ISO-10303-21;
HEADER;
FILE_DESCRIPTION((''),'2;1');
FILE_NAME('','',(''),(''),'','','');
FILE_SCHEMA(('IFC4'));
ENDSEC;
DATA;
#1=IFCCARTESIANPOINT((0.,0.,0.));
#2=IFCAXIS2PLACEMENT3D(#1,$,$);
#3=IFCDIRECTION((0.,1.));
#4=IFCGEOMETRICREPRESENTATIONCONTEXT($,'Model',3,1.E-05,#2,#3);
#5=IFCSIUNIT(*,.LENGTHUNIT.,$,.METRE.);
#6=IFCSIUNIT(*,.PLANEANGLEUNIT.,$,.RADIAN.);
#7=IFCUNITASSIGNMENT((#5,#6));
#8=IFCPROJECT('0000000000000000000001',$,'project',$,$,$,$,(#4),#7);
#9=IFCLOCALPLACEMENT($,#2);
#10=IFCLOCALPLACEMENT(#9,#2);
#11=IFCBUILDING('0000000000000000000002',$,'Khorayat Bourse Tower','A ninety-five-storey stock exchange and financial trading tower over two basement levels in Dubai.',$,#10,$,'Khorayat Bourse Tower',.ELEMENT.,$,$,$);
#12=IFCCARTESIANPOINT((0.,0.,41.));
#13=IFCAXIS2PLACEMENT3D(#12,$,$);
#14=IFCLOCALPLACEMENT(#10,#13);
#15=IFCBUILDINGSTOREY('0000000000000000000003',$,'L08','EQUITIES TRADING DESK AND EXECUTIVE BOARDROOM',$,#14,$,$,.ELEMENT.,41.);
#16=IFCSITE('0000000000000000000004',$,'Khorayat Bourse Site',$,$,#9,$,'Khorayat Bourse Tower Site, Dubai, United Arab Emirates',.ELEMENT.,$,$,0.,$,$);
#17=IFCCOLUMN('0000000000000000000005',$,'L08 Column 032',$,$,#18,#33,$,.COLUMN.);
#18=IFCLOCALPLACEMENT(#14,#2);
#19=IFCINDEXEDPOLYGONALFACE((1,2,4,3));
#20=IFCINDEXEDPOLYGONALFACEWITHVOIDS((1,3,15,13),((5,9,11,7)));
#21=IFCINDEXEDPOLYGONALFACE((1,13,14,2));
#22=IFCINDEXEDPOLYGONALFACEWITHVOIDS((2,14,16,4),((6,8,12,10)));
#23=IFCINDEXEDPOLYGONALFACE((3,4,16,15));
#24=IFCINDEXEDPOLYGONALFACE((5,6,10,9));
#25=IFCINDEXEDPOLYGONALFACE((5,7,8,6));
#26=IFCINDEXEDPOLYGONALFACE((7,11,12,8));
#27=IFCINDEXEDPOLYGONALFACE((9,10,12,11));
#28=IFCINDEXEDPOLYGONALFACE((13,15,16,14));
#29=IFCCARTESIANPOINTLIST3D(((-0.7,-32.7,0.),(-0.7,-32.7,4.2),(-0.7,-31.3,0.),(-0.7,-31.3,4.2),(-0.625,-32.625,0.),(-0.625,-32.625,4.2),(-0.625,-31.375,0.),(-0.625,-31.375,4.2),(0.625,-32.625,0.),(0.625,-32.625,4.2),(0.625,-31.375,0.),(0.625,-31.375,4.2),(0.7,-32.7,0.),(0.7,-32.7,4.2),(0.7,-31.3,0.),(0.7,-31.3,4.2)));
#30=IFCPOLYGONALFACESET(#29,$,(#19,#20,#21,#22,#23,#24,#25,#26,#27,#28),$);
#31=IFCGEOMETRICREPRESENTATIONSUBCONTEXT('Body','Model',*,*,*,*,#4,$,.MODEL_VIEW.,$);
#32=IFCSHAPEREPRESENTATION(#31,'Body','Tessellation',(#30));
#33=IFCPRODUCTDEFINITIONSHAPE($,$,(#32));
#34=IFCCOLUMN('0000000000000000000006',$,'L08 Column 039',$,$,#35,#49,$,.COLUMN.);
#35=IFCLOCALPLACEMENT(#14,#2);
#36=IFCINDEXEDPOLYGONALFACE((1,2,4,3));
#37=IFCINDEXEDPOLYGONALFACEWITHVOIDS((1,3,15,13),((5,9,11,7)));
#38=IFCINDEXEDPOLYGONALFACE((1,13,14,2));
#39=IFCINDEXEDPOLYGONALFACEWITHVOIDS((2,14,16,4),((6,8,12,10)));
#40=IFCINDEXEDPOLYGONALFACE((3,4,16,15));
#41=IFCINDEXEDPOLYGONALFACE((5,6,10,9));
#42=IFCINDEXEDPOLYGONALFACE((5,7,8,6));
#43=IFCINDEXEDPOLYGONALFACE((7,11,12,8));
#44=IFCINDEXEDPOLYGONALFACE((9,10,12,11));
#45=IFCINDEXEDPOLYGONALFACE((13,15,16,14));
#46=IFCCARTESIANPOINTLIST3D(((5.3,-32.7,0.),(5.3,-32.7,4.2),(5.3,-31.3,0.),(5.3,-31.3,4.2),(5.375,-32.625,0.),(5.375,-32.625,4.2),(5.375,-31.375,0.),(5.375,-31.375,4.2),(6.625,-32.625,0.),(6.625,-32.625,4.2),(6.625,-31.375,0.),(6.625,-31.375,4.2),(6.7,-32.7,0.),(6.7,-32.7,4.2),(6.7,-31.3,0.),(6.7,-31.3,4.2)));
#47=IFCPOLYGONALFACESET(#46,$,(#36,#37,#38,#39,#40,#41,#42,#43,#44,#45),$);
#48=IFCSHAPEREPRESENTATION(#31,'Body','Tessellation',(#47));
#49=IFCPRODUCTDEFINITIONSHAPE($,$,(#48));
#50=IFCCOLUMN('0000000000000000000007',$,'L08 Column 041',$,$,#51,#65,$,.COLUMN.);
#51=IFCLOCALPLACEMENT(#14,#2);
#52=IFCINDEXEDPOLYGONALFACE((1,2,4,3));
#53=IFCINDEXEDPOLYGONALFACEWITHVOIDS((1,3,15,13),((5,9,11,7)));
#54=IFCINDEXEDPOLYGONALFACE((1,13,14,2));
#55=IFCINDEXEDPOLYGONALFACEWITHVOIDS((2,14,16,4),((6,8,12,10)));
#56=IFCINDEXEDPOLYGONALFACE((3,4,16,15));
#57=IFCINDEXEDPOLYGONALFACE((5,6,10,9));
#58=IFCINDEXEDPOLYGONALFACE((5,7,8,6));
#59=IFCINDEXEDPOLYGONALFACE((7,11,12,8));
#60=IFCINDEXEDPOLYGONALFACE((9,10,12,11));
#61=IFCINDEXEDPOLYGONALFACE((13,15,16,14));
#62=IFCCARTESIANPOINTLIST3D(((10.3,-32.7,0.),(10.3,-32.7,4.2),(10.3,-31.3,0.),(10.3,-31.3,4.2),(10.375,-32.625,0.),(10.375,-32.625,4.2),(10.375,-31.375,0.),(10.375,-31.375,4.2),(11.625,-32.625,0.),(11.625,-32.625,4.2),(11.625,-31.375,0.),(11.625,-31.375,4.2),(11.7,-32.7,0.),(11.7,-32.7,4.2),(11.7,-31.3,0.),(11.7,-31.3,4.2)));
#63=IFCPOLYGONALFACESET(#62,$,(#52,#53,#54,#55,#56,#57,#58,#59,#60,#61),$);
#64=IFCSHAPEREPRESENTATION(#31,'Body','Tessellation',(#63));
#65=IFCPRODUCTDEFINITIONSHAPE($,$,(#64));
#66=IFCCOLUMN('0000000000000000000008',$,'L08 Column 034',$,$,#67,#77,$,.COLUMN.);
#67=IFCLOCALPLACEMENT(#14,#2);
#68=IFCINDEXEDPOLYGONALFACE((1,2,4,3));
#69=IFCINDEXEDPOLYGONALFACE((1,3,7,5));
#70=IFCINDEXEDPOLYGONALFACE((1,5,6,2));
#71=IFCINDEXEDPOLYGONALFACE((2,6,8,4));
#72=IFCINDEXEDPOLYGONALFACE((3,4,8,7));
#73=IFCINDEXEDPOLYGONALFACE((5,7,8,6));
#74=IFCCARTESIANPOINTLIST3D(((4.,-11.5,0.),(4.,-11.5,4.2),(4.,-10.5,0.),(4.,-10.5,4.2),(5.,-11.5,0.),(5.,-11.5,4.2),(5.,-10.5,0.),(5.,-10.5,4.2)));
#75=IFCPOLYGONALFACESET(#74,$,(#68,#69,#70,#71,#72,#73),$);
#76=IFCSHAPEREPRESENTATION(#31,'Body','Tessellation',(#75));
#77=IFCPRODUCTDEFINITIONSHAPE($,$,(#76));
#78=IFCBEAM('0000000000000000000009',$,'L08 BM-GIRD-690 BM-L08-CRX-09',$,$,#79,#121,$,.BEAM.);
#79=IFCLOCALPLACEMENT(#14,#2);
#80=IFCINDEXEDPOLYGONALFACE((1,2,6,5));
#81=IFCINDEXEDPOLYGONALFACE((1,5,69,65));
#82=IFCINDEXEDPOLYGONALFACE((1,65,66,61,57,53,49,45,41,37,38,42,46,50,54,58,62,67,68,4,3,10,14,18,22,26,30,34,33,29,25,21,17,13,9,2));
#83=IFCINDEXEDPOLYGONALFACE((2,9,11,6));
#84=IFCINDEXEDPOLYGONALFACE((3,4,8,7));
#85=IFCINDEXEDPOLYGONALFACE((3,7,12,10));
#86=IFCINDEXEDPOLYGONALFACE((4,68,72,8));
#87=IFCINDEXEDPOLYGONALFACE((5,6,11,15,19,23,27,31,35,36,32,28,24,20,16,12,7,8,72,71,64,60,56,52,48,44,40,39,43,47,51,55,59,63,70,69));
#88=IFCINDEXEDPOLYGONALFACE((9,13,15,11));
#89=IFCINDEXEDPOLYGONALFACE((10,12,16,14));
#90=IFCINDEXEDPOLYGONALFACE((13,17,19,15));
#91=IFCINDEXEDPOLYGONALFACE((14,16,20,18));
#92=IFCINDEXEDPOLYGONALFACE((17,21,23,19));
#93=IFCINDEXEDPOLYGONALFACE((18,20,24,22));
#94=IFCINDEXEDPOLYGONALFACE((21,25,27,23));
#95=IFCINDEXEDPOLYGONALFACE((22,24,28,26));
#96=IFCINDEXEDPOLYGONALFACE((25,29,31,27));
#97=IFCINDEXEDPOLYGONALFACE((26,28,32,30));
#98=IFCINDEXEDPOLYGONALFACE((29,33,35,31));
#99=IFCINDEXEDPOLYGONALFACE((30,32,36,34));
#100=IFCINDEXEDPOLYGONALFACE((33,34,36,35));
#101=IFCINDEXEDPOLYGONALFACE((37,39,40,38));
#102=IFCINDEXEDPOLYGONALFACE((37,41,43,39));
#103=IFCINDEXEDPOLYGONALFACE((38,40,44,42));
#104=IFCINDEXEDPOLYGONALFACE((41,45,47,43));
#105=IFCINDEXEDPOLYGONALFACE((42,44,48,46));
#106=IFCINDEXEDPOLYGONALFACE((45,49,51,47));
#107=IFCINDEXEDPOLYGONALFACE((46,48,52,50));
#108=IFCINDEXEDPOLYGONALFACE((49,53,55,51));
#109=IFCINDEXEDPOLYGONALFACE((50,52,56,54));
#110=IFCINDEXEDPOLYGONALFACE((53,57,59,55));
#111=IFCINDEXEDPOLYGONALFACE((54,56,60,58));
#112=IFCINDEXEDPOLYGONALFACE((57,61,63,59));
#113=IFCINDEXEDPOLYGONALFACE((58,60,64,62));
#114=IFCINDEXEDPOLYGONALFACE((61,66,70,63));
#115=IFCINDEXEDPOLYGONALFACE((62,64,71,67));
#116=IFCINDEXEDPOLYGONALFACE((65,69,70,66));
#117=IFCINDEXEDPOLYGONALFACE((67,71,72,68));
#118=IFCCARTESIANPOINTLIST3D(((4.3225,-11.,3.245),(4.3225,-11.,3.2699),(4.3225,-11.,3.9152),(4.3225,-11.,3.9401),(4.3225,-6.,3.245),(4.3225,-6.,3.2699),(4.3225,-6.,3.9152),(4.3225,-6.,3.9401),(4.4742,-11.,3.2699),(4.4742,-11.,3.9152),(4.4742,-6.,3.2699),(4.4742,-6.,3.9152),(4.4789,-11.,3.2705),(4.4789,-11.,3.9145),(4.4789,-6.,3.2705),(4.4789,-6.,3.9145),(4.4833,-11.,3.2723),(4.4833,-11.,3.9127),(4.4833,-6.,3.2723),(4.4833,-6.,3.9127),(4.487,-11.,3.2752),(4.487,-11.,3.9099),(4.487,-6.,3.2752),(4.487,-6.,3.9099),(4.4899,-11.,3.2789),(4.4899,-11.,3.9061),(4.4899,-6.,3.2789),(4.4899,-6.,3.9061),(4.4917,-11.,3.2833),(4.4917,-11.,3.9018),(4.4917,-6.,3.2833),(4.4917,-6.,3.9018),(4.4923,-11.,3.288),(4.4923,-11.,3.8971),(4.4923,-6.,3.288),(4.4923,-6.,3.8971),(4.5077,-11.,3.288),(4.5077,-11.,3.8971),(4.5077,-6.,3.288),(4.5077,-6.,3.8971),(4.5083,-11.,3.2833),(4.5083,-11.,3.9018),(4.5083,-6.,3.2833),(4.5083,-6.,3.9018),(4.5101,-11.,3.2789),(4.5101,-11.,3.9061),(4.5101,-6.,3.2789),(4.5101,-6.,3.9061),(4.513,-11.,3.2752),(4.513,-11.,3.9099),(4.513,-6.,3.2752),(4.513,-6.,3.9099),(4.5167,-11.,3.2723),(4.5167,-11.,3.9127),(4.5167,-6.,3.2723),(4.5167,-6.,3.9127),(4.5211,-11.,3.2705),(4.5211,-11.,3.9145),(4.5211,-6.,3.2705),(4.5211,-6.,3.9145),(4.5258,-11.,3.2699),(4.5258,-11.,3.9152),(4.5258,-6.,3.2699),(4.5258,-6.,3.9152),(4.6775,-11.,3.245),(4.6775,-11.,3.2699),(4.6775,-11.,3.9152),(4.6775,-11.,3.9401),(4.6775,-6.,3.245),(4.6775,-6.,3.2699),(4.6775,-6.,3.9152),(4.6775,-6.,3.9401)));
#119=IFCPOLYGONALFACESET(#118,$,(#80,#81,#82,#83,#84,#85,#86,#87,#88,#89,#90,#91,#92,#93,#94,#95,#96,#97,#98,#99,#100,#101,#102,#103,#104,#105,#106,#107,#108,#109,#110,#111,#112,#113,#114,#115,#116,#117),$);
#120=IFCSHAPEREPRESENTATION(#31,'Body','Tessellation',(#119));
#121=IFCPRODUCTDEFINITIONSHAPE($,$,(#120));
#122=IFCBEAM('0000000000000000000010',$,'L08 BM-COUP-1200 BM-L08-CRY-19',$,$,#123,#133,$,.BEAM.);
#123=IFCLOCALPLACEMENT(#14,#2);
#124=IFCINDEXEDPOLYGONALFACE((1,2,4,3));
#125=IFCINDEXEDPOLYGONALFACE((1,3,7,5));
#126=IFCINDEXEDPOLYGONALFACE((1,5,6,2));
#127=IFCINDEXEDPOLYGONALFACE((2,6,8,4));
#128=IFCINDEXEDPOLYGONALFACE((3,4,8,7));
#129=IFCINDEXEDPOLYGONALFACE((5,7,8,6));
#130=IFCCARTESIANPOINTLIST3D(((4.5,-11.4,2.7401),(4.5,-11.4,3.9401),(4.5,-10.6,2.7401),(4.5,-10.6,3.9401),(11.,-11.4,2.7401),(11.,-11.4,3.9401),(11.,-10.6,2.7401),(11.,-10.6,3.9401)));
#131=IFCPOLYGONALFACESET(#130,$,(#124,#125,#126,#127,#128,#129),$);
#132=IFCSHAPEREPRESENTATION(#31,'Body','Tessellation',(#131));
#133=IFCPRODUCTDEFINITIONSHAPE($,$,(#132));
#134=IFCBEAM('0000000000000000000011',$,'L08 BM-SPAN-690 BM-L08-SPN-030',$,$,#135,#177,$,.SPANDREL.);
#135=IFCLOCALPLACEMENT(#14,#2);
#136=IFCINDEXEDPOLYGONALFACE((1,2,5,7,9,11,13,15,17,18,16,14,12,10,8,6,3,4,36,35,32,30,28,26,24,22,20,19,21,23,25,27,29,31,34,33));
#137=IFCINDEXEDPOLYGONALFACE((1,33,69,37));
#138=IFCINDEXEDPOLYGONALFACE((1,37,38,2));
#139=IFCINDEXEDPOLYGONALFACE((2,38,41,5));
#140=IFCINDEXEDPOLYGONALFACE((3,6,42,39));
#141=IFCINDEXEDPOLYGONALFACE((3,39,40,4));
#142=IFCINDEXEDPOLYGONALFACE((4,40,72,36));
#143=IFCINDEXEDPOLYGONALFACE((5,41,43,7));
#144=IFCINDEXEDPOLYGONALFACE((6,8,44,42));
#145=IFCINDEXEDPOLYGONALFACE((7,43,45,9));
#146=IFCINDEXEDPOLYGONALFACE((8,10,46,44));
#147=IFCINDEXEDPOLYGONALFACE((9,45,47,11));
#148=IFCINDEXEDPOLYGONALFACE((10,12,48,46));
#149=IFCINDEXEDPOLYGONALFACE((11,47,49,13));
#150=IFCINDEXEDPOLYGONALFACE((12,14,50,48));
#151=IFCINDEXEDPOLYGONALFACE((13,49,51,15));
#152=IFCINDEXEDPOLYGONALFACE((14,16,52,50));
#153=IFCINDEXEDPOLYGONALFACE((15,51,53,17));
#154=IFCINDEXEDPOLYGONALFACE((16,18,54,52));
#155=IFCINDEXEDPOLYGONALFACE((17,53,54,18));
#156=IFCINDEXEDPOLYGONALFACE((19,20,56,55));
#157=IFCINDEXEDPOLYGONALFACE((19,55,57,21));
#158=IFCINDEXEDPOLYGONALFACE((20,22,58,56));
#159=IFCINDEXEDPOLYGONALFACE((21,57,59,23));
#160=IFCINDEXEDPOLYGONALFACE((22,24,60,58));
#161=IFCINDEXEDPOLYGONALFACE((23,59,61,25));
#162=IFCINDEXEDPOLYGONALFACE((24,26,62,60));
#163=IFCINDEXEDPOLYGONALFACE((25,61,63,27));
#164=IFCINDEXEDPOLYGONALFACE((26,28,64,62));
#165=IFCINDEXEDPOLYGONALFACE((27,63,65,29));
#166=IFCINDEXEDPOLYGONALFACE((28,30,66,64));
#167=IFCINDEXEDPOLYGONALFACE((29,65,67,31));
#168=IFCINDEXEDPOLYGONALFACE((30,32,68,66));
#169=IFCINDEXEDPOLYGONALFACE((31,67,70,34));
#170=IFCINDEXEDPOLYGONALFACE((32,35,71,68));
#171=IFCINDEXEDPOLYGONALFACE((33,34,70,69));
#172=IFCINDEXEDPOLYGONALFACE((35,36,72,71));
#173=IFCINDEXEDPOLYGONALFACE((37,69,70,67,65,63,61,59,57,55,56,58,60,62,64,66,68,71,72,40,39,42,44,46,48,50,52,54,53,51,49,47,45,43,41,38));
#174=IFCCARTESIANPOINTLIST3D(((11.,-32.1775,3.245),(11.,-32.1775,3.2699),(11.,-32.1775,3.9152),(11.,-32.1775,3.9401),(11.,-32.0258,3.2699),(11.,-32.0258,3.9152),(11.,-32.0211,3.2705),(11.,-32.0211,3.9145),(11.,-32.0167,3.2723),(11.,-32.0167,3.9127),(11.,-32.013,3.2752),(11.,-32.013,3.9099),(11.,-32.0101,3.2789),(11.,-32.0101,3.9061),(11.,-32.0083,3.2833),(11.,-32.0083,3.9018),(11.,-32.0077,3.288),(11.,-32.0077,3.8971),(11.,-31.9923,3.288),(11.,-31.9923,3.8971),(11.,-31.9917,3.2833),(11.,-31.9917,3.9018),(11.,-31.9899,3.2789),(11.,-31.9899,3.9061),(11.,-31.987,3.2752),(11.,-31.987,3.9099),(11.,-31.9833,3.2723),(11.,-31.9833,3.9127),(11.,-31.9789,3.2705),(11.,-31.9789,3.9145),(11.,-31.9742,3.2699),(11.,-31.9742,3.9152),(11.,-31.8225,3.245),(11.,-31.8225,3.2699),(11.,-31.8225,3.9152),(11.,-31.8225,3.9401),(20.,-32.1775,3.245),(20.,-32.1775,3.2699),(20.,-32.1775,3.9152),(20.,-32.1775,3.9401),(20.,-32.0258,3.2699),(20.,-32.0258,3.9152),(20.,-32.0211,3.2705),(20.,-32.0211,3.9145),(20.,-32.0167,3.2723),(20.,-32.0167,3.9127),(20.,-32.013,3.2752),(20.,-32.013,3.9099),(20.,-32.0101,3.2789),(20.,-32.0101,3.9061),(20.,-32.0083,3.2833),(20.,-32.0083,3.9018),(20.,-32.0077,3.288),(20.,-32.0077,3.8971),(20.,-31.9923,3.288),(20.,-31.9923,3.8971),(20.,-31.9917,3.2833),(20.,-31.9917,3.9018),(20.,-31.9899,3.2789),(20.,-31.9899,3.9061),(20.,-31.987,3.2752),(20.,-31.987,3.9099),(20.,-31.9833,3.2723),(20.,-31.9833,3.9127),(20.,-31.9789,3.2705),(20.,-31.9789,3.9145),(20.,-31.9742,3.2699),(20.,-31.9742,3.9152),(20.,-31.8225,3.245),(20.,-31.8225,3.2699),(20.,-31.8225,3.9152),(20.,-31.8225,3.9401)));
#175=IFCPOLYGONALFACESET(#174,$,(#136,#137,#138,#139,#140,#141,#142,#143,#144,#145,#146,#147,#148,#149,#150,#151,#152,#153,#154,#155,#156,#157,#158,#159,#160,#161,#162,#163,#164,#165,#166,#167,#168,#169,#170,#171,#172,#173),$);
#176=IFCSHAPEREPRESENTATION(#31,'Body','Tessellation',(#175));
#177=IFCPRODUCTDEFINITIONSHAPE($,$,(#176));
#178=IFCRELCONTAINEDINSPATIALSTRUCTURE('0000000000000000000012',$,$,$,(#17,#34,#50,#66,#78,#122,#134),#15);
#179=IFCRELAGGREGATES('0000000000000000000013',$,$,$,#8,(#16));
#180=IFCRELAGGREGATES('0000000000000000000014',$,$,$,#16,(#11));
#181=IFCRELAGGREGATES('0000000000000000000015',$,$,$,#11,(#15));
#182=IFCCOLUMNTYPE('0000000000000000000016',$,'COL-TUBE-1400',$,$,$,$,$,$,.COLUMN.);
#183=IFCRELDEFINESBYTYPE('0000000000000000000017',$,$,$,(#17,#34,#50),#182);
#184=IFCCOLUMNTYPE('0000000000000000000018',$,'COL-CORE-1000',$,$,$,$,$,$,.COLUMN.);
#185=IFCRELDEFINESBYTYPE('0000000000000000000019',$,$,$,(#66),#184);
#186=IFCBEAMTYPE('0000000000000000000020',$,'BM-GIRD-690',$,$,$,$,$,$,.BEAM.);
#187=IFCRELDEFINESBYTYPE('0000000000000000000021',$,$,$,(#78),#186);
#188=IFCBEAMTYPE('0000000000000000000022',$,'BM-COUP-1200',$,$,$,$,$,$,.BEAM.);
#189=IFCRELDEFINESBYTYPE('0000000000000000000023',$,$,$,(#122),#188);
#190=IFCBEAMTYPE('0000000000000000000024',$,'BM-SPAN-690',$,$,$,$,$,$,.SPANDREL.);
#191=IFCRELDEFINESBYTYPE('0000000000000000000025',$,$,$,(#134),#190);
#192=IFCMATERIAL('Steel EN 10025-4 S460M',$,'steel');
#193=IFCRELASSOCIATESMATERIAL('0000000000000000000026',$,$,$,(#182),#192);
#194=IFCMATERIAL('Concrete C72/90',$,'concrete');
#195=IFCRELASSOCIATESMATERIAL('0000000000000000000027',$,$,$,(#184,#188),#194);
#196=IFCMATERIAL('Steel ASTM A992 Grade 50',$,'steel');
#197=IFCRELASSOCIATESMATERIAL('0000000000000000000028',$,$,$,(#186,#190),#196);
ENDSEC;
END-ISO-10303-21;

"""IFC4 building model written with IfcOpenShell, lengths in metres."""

from ifc_helpers import new_model, si_unit, direction, frame, origin, origin_2d, place, context, subcontext, project, spatial, rectangle, hollow_rectangle, i_section, extrude, source, transform, mapped, material, material_profile, profile_set, type_object, element, save


model = new_model("IFC4")

# Units and contexts
model_context = context("Model", 3, precision=1e-05, world=origin(), true_north=direction((0.0, 1.0)))
body_context = subcontext(model_context, "Body", "Model", "MODEL_VIEW")
ifc_project = project(units=[si_unit("LENGTHUNIT", "METRE"), si_unit("PLANEANGLEUNIT", "RADIAN")], contexts=[model_context])

# Site, building, storey
site_placement = place(None, origin())
site = spatial("IfcSite", under=ifc_project, at=site_placement, Name="Khorayat Bourse Site", LongName="Khorayat Bourse Tower Site, Dubai, United Arab Emirates", CompositionType="ELEMENT", RefElevation=0.0)
building_placement = place(site_placement, origin())
building = spatial("IfcBuilding", under=site, at=building_placement, Name="Khorayat Bourse Tower", Description="A ninety-five-storey stock exchange and financial trading tower over two basement levels in Dubai.", LongName="Khorayat Bourse Tower", CompositionType="ELEMENT")
storey_placement = place(building_placement, frame((0.0, 0.0, 41.0)))
storey = spatial("IfcBuildingStorey", under=building, at=storey_placement, Name="L08", Description="EQUITIES TRADING DESK AND EXECUTIVE BOARDROOM", CompositionType="ELEMENT", Elevation=41.0)

# Columns
ifc_material_1 = material(Name="Steel EN 10025-4 S460M", Category="steel")
ifc_material_profile_1 = material_profile(ifc_material_1, hollow_rectangle(XDim=1.3999, YDim=1.3999, WallThickness=0.075, at=origin_2d()), Name="BOX 1400x1400x75")
ifc_profile_set_1 = profile_set([ifc_material_profile_1], Name="Steel EN 10025-4 S460M")
column_type_1 = type_object("IfcColumnType", Name="COL-TUBE-1400", PredefinedType="COLUMN", material=ifc_profile_set_1)
shared_shape_1 = source(origin(), body_context, "Body", "SweptSolid", [
    extrude(hollow_rectangle(XDim=1.3999, YDim=1.3999, WallThickness=0.075, at=origin_2d()), origin(), (0.0, 0.0, 1.0), 4.2),
])
for number, where, z_axis, x_axis, name in (
    (1, (0.0, -32.0, 0.0), (0.0, 0.0, 1.0), (1.0, 0.0, 0.0), "L08 Column 032"),
    (2, (6.0, -32.0, 0.0), (0.0, 0.0, 1.0), (1.0, 0.0, 0.0), "L08 Column 039"),
    (3, (11.0, -32.0, 0.0), (0.0, 0.0, 1.0), (1.0, 0.0, 0.0), "L08 Column 041"),
):
    element("IfcColumn", number, at=place(storey_placement, frame(where, z_axis=z_axis, x_axis=x_axis)), inside=storey, type_object=column_type_1, Name=name, PredefinedType="COLUMN", context=body_context, shape_type="MappedRepresentation", body=[
        mapped(shared_shape_1, transform((0.0, 0.0, 0.0), scale=1.0)),
    ])
ifc_material_2 = material(Name="Concrete C72/90", Category="concrete")
ifc_material_profile_2 = material_profile(ifc_material_2, rectangle(XDim=1.0, YDim=1.0, at=origin_2d()), Name="RC 1000x1000")
ifc_profile_set_2 = profile_set([ifc_material_profile_2], Name="Concrete C72/90")
column_type_2 = type_object("IfcColumnType", Name="COL-CORE-1000", PredefinedType="COLUMN", material=ifc_profile_set_2)
shared_shape_2 = source(origin(), body_context, "Body", "SweptSolid", [
    extrude(rectangle(XDim=1.0, YDim=1.0, at=origin_2d()), origin(), (0.0, 0.0, 1.0), 4.2),
])
column_placement = place(storey_placement, frame((4.5, -11.0, 0.0), z_axis=(0.0, 0.0, 1.0), x_axis=(1.0, 0.0, 0.0)))
element("IfcColumn", 4, at=column_placement, inside=storey, type_object=column_type_2, Name="L08 Column 034", PredefinedType="COLUMN", context=body_context, shape_type="MappedRepresentation", body=[
    mapped(shared_shape_2, transform((0.0, 0.0, 0.0), scale=1.0)),
])

# Beams
ifc_material_3 = material(Name="Steel ASTM A992 Grade 50", Category="steel")
ifc_material_profile_3 = material_profile(ifc_material_3, i_section(OverallWidth=0.355, OverallDepth=0.6951, WebThickness=0.0154, FlangeThickness=0.0249, FilletRadius=0.0181, at=origin_2d()), Name="W690X217")
ifc_profile_set_3 = profile_set([ifc_material_profile_3], Name="Steel ASTM A992 Grade 50")
beam_type_1 = type_object("IfcBeamType", Name="BM-GIRD-690", PredefinedType="BEAM", material=ifc_profile_set_3)
shared_shape_3 = source(origin(), body_context, "Body", "SweptSolid", [
    extrude(i_section(OverallWidth=0.355, OverallDepth=0.6951, WebThickness=0.0154, FlangeThickness=0.0249, FilletRadius=0.0181, at=origin_2d()), origin(), (0.0, 0.0, 1.0), 5.0),
])
beam_1_placement = place(storey_placement, frame((4.5, -11.0, 3.5925), z_axis=(0.0, 1.0, 0.0), x_axis=(-1.0, 0.0, 0.0)))
element("IfcBeam", 5, at=beam_1_placement, inside=storey, type_object=beam_type_1, Name="L08 BM-GIRD-690 BM-L08-CRX-09", PredefinedType="BEAM", context=body_context, shape_type="MappedRepresentation", body=[
    mapped(shared_shape_3, transform((0.0, 0.0, 0.0), scale=1.0)),
])
ifc_material_profile_4 = material_profile(ifc_material_2, rectangle(XDim=0.8, YDim=1.2, at=origin_2d()), Name="RC 800x1200")
ifc_profile_set_4 = profile_set([ifc_material_profile_4], Name="Concrete C72/90")
beam_type_2 = type_object("IfcBeamType", Name="BM-COUP-1200", PredefinedType="BEAM", material=ifc_profile_set_4)
shared_shape_4 = source(origin(), body_context, "Body", "SweptSolid", [
    extrude(rectangle(XDim=0.8, YDim=1.2, at=origin_2d()), origin(), (0.0, 0.0, 1.0), 6.5),
])
beam_2_placement = place(storey_placement, frame((4.5, -11.0, 3.3401), z_axis=(1.0, 0.0, 0.0), x_axis=(0.0, 1.0, 0.0)))
element("IfcBeam", 6, at=beam_2_placement, inside=storey, type_object=beam_type_2, Name="L08 BM-COUP-1200 BM-L08-CRY-19", PredefinedType="BEAM", context=body_context, shape_type="MappedRepresentation", body=[
    mapped(shared_shape_4, transform((0.0, 0.0, 0.0), scale=1.0)),
])
ifc_material_profile_5 = material_profile(ifc_material_3, i_section(OverallWidth=0.355, OverallDepth=0.6951, WebThickness=0.0154, FlangeThickness=0.0249, FilletRadius=0.0181, at=origin_2d()), Name="W690X217")
ifc_profile_set_5 = profile_set([ifc_material_profile_5], Name="Steel ASTM A992 Grade 50")
beam_type_3 = type_object("IfcBeamType", Name="BM-SPAN-690", PredefinedType="SPANDREL", material=ifc_profile_set_5)
shared_shape_5 = source(origin(), body_context, "Body", "SweptSolid", [
    extrude(i_section(OverallWidth=0.355, OverallDepth=0.6951, WebThickness=0.0154, FlangeThickness=0.0249, FilletRadius=0.0181, at=origin_2d()), origin(), (0.0, 0.0, 1.0), 9.0),
])
beam_3_placement = place(storey_placement, frame((11.0, -32.0, 3.5925), z_axis=(1.0, 0.0, 0.0), x_axis=(0.0, 1.0, 0.0)))
element("IfcBeam", 7, at=beam_3_placement, inside=storey, type_object=beam_type_3, Name="L08 BM-SPAN-690 BM-L08-SPN-030", PredefinedType="SPANDREL", context=body_context, shape_type="MappedRepresentation", body=[
    mapped(shared_shape_5, transform((0.0, 0.0, 0.0), scale=1.0)),
])

save(model, "model.ifc")
